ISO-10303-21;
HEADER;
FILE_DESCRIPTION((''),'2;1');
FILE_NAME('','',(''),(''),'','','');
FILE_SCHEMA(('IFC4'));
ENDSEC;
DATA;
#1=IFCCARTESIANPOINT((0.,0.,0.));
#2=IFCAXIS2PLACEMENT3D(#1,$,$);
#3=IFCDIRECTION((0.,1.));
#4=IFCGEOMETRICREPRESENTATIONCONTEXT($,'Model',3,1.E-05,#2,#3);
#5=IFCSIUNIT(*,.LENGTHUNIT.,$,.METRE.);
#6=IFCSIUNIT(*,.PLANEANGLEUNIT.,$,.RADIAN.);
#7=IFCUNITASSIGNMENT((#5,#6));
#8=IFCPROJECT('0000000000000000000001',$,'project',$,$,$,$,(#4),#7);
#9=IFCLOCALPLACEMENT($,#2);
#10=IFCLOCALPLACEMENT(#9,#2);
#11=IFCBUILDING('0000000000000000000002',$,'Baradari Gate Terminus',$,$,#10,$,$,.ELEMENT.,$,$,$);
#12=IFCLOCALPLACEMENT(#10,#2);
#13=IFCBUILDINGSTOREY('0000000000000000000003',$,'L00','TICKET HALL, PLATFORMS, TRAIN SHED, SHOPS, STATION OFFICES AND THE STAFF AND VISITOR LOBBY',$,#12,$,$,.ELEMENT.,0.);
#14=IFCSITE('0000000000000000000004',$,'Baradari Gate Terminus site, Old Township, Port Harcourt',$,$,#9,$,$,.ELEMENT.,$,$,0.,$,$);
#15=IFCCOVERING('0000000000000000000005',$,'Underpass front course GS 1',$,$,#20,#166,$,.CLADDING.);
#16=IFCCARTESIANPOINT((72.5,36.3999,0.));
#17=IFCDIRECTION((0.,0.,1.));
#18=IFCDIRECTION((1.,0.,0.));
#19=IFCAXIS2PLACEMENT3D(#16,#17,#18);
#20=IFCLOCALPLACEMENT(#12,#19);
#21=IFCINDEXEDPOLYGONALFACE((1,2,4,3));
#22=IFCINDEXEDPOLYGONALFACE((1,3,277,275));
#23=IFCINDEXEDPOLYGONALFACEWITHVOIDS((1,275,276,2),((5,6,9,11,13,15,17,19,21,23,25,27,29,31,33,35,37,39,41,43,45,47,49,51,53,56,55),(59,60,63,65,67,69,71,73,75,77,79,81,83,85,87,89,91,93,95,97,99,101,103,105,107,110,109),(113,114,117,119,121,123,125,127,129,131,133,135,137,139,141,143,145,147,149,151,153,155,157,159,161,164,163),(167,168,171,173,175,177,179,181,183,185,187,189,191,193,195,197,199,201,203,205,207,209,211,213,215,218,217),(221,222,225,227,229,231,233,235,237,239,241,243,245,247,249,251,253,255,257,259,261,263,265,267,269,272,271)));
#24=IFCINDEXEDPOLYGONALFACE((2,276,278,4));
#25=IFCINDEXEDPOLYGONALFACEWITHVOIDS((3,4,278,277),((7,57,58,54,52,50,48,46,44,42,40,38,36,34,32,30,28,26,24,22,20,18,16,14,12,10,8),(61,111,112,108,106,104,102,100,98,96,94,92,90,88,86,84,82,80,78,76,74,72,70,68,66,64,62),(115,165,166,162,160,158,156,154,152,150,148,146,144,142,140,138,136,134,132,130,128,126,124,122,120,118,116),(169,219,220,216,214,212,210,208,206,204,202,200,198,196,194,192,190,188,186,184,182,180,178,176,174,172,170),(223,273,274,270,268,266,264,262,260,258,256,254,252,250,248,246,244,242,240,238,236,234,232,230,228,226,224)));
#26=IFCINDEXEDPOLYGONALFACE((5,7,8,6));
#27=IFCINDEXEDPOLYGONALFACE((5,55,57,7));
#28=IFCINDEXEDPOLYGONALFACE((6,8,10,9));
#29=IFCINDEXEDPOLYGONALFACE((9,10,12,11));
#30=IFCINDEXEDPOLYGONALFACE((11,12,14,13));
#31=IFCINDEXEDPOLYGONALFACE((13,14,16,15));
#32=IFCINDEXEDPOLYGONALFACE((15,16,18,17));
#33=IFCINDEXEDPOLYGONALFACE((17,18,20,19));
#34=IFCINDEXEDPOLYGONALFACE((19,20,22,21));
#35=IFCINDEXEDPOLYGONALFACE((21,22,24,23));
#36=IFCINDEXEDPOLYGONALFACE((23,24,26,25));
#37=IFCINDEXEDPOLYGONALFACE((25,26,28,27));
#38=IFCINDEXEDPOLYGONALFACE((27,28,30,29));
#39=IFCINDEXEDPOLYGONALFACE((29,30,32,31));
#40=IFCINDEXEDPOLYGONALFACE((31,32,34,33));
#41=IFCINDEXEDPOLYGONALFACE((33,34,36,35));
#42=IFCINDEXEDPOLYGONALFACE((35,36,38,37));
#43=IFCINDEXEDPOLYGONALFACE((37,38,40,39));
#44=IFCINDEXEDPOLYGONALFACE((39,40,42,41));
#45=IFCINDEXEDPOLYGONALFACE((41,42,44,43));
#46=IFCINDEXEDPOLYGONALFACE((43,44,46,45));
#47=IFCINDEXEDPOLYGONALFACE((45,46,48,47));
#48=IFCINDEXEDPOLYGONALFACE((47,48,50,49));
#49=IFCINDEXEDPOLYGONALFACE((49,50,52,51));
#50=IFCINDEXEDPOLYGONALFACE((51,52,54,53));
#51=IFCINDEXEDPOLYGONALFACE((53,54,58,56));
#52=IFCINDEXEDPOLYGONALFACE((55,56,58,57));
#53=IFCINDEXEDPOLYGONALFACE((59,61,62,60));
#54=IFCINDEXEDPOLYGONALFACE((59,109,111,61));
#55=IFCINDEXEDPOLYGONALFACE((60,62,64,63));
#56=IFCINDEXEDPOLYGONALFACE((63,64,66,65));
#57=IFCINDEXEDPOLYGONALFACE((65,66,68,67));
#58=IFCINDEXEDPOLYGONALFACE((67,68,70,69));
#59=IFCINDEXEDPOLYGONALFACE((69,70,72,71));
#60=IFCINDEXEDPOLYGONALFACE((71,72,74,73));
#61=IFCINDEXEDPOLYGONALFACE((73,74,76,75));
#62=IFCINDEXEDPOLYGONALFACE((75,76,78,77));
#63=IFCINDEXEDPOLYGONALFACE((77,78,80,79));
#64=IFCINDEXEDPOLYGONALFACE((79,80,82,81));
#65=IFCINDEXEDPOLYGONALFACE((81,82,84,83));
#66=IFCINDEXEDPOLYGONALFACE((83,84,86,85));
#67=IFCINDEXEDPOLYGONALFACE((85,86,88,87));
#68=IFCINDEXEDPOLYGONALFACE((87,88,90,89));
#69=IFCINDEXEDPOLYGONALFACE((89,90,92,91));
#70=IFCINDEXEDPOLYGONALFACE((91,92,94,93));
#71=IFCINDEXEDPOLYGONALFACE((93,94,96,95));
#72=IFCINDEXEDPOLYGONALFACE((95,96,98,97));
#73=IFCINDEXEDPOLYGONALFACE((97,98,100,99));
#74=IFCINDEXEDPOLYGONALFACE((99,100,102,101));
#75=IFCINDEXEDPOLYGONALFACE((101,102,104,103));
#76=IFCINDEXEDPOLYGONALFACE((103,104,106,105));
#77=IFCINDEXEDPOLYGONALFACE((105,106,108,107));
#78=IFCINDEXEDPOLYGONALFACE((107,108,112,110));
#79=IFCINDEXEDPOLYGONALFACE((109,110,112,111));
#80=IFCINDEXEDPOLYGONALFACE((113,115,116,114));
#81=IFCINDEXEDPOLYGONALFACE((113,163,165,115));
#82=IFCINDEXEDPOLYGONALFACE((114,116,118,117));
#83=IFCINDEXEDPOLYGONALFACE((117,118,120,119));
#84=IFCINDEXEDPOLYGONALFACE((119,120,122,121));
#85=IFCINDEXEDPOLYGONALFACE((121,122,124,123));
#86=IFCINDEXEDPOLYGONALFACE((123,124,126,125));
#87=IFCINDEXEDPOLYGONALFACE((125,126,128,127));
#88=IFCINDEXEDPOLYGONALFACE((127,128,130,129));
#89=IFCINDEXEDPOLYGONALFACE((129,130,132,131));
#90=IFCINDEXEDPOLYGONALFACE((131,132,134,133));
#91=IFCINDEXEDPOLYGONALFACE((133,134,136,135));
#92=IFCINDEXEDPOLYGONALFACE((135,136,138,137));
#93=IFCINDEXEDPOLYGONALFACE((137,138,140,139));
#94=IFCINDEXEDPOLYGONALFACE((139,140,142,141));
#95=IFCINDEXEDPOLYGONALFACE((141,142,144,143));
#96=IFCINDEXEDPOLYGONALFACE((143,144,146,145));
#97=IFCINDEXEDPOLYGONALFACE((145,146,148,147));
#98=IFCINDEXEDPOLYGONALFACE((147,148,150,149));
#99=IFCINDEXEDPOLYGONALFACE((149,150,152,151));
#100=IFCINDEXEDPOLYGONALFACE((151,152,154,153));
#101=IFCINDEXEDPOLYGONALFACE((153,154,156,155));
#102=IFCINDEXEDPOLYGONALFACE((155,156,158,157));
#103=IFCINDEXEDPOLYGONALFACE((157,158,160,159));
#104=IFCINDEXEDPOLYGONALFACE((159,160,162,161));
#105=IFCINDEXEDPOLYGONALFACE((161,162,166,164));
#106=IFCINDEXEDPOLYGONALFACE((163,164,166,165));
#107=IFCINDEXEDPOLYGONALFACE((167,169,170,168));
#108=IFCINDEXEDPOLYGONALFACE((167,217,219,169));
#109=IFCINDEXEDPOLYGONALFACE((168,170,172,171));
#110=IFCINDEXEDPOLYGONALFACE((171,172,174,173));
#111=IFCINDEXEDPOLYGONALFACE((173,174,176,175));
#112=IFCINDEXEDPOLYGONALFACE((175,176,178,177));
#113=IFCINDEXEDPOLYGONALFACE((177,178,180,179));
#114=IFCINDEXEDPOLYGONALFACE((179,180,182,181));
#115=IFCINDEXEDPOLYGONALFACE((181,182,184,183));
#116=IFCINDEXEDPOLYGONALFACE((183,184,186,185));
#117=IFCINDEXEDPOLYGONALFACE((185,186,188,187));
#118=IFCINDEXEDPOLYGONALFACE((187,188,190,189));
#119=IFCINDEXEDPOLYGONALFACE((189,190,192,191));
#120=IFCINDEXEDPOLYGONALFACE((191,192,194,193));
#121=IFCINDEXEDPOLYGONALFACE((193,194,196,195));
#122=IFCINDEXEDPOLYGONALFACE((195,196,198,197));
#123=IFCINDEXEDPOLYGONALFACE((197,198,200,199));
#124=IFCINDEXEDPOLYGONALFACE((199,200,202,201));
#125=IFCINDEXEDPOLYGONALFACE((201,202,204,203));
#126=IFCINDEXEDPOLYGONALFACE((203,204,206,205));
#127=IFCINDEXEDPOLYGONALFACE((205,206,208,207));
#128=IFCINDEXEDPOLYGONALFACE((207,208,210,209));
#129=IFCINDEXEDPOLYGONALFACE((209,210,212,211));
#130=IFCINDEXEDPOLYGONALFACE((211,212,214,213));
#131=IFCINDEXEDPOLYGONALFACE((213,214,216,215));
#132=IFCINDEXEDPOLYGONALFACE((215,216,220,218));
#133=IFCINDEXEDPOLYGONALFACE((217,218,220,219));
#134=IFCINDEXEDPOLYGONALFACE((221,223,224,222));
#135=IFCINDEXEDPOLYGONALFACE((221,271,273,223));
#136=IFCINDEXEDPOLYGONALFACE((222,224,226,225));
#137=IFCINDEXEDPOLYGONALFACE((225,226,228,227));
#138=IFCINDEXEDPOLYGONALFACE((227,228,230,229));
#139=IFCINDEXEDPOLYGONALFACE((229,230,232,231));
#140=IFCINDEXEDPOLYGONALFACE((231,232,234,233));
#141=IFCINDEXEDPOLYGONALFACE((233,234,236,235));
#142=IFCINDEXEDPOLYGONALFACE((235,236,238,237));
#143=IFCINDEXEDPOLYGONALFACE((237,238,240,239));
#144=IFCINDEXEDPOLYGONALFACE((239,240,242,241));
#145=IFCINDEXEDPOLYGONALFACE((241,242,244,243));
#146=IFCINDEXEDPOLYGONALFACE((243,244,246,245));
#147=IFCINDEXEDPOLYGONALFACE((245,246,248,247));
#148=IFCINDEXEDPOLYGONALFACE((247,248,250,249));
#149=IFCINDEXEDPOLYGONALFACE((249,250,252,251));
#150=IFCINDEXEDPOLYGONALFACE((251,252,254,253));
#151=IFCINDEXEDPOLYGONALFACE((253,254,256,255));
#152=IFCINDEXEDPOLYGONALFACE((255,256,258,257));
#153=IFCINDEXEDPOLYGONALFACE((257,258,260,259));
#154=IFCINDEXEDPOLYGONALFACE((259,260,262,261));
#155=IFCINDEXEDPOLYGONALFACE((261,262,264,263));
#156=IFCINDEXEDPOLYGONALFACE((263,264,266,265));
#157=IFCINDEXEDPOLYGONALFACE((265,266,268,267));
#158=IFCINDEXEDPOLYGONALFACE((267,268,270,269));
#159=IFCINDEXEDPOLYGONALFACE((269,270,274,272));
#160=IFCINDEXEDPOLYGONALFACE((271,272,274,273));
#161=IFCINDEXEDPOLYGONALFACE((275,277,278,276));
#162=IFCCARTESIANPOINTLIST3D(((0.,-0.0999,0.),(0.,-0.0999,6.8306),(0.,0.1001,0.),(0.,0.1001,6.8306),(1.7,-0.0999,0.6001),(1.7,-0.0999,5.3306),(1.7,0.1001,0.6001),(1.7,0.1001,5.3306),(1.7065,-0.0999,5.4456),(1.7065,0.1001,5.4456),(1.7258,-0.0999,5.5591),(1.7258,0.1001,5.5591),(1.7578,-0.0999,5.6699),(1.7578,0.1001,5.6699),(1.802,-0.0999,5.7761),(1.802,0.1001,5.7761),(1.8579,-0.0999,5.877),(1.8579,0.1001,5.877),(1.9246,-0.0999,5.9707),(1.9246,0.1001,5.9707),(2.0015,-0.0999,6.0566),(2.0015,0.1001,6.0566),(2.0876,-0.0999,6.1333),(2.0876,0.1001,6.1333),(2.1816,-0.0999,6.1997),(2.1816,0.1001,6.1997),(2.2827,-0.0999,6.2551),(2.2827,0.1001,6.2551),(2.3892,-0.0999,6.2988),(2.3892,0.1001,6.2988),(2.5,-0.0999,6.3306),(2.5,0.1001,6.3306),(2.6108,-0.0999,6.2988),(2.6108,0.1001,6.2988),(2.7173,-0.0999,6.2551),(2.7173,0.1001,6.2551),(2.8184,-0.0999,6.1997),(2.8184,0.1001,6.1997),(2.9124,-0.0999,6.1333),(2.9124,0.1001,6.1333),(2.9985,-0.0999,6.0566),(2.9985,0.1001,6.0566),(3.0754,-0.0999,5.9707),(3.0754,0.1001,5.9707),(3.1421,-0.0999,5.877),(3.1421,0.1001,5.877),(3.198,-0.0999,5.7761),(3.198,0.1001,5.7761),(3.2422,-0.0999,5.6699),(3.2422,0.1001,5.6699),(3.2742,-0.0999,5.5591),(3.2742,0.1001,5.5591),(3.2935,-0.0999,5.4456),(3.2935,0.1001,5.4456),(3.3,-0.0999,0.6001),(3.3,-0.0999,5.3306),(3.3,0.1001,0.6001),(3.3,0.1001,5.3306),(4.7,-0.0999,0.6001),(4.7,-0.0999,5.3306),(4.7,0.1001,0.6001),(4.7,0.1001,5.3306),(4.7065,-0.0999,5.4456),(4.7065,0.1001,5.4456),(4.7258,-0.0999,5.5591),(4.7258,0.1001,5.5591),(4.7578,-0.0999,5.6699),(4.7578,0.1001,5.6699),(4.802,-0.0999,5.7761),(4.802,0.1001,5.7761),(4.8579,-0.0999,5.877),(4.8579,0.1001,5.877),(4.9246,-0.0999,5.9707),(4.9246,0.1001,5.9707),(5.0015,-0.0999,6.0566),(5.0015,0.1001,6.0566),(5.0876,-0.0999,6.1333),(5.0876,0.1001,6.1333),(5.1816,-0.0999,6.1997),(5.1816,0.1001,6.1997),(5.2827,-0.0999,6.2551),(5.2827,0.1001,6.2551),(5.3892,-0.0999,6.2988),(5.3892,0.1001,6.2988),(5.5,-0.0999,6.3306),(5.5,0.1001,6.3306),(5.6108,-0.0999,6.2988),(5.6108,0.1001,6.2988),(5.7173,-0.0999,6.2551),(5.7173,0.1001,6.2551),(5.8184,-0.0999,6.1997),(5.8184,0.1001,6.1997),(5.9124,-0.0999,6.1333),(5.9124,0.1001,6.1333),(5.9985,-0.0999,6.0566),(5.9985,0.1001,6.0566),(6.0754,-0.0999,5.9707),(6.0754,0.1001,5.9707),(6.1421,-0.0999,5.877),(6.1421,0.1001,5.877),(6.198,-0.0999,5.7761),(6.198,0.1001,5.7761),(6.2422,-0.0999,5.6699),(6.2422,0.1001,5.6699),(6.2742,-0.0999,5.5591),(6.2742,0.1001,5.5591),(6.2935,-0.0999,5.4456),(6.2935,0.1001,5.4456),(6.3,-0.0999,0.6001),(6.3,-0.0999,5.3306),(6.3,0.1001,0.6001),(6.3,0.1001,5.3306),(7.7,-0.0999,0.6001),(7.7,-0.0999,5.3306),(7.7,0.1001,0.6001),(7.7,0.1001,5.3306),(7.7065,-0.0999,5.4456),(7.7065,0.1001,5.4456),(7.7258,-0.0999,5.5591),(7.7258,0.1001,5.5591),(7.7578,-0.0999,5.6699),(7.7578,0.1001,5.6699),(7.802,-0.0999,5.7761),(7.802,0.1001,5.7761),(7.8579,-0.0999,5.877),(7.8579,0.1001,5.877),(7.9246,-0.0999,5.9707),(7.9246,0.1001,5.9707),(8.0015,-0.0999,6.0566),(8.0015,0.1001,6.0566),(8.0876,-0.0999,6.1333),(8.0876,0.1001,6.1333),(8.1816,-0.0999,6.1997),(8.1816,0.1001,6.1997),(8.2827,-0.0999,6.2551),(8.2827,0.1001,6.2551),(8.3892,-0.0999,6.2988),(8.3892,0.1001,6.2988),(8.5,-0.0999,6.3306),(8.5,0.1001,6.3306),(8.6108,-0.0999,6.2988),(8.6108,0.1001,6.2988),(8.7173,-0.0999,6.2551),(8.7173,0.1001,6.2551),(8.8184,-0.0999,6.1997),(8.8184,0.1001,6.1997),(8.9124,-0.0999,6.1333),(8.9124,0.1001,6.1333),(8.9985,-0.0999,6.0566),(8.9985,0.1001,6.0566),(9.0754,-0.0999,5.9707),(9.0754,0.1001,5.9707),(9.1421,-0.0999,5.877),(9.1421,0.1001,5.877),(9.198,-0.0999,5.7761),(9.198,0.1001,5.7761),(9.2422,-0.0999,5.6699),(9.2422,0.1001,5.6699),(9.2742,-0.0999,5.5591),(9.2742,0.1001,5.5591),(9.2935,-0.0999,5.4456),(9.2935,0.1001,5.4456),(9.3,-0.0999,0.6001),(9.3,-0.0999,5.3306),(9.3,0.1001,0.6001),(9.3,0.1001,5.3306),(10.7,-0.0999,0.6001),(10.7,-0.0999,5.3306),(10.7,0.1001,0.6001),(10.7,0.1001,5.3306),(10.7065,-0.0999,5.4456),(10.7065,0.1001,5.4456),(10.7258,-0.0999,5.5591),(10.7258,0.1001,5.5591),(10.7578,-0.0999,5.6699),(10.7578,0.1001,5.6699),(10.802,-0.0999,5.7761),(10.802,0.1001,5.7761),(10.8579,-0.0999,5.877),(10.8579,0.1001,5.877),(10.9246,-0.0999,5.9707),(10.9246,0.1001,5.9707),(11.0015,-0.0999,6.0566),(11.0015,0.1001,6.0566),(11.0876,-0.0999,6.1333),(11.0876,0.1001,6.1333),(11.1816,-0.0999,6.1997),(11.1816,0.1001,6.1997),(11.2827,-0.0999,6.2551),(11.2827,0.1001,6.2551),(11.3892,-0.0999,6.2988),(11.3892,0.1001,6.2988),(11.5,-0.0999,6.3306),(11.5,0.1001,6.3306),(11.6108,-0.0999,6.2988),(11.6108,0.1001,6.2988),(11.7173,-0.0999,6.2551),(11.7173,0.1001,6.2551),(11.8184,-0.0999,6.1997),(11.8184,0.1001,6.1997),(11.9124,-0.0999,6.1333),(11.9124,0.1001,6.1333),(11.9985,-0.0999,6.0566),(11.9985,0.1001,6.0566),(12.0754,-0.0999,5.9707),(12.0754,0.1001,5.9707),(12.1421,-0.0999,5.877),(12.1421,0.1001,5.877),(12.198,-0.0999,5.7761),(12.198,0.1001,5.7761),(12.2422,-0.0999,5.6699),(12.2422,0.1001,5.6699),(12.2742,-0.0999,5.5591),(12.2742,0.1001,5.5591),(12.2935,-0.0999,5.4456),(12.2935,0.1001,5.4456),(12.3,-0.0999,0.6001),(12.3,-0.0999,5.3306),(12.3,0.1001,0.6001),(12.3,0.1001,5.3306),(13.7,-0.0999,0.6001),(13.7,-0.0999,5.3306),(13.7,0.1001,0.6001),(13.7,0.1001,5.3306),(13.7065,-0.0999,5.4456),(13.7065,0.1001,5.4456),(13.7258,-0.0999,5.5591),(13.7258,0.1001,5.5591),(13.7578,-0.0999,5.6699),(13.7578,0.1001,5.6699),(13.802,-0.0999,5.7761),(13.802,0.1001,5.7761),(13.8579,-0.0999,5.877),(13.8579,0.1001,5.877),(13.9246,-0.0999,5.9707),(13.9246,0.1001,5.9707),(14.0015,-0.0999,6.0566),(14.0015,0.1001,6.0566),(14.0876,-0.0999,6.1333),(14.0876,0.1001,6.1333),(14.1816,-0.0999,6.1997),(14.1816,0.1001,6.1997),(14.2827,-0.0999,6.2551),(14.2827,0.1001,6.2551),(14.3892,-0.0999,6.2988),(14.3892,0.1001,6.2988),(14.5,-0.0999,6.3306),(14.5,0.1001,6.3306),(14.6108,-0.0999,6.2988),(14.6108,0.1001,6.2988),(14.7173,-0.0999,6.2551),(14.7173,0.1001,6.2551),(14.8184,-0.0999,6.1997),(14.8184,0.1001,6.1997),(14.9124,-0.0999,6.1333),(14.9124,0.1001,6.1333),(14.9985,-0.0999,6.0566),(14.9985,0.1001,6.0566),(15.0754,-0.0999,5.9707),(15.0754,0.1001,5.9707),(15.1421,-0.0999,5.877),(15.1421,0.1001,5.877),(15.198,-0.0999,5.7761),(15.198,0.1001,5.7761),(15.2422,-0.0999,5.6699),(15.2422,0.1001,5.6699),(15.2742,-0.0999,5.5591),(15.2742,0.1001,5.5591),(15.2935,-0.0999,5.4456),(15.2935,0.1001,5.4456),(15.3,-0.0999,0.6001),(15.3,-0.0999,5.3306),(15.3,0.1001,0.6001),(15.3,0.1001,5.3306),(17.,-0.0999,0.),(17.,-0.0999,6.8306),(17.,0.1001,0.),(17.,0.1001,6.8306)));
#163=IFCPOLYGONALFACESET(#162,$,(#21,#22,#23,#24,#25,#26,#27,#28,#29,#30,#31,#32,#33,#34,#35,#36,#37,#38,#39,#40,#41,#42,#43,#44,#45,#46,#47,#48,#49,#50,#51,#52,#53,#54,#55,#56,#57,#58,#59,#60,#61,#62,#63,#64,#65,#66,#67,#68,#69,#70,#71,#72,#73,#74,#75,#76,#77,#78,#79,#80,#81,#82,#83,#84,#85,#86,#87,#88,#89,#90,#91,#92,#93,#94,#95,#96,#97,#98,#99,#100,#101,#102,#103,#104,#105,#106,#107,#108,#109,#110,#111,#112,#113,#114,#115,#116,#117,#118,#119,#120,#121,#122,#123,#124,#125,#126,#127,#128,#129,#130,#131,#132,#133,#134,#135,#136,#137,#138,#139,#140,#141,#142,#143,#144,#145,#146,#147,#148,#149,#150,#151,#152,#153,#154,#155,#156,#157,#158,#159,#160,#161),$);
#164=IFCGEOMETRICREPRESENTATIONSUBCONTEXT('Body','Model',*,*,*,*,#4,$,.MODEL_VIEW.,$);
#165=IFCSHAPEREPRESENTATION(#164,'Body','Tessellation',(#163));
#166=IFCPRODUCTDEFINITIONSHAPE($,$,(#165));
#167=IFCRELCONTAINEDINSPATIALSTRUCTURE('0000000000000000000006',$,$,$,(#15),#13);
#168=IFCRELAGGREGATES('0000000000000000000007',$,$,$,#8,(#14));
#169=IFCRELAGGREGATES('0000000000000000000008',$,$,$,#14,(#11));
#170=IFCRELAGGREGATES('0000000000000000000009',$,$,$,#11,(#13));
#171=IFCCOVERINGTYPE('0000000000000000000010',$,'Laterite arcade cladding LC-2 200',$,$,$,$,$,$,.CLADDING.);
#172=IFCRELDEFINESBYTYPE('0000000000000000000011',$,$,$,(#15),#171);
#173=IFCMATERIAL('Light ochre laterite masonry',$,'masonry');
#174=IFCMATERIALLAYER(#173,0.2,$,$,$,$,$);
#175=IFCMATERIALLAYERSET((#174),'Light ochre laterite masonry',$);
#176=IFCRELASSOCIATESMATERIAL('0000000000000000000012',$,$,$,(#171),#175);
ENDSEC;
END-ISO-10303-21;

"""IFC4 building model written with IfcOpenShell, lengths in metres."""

from ifc_helpers import new_model, si_unit, direction, frame, origin, place, context, subcontext, project, spatial, polyline, outline, extrude, material, layer, layer_set, type_object, element, save


model = new_model("IFC4")

# Units and contexts
model_context = context("Model", 3, precision=1e-05, world=origin(), true_north=direction((0.0, 1.0)))
body_context = subcontext(model_context, "Body", "Model", "MODEL_VIEW")
ifc_project = project(units=[si_unit("LENGTHUNIT", "METRE"), si_unit("PLANEANGLEUNIT", "RADIAN")], contexts=[model_context])

# Site, building, storey
site_placement = place(None, origin())
site = spatial("IfcSite", under=ifc_project, at=site_placement, Name="Baradari Gate Terminus site, Old Township, Port Harcourt", CompositionType="ELEMENT", RefElevation=0.0)
building_placement = place(site_placement, origin())
building = spatial("IfcBuilding", under=site, at=building_placement, Name="Baradari Gate Terminus", CompositionType="ELEMENT")
storey_placement = place(building_placement, origin())
storey = spatial("IfcBuildingStorey", under=building, at=storey_placement, Name="L00", Description="TICKET HALL, PLATFORMS, TRAIN SHED, SHOPS, STATION OFFICES AND THE STAFF AND VISITOR LOBBY", CompositionType="ELEMENT", Elevation=0.0)

# Covering
ifc_material_1 = material(Name="Light ochre laterite masonry", Category="masonry")
ifc_layer_1 = layer(ifc_material_1, 0.2)
ifc_layer_set_1 = layer_set([ifc_layer_1], Name="Light ochre laterite masonry")
covering_type = type_object("IfcCoveringType", Name="Laterite arcade cladding LC-2 200", PredefinedType="CLADDING", material=ifc_layer_set_1)
covering_1_placement = place(storey_placement, frame((72.5, 36.3999, 0.0), z_axis=(0.0, 0.0, 1.0), x_axis=(1.0, 0.0, 0.0)))
element("IfcCovering", 1, at=covering_1_placement, inside=storey, type_object=covering_type, Name="Underpass front course GS 1", PredefinedType="CLADDING", context=body_context, shape_type="SweptSolid", body=[
    extrude(outline(polyline([(0.0, 0.0), (17.0, 0.0), (17.0, 6.8306), (0.0, 6.8306), (0.0, 0.0)]), holes=[polyline([(1.7065, 5.4456), (1.7258, 5.5591), (1.7578, 5.6699), (1.802, 5.7761), (1.8579, 5.877), (1.9246, 5.9707), (2.0015, 6.0566), (2.0876, 6.1333), (2.1816, 6.1997), (2.2827, 6.2551), (2.3892, 6.2988), (2.5, 6.3306), (2.6108, 6.2988), (2.7173, 6.2551), (2.8184, 6.1997), (2.9124, 6.1333), (2.9985, 6.0566), (3.0754, 5.9707), (3.1421, 5.877), (3.198, 5.7761), (3.2422, 5.6699), (3.2742, 5.5591), (3.2935, 5.4456), (3.3, 5.3306), (3.3, 0.6001), (1.7, 0.6001), (1.7, 5.3306), (1.7065, 5.4456)]), polyline([(4.7065, 5.4456), (4.7258, 5.5591), (4.7578, 5.6699), (4.802, 5.7761), (4.8579, 5.877), (4.9246, 5.9707), (5.0015, 6.0566), (5.0876, 6.1333), (5.1816, 6.1997), (5.2827, 6.2551), (5.3892, 6.2988), (5.5, 6.3306), (5.6108, 6.2988), (5.7173, 6.2551), (5.8184, 6.1997), (5.9124, 6.1333), (5.9985, 6.0566), (6.0754, 5.9707), (6.1421, 5.877), (6.198, 5.7761), (6.2422, 5.6699), (6.2742, 5.5591), (6.2935, 5.4456), (6.3, 5.3306), (6.3, 0.6001), (4.7, 0.6001), (4.7, 5.3306), (4.7065, 5.4456)]), polyline([(7.7065, 5.4456), (7.7258, 5.5591), (7.7578, 5.6699), (7.802, 5.7761), (7.8579, 5.877), (7.9246, 5.9707), (8.0015, 6.0566), (8.0876, 6.1333), (8.1816, 6.1997), (8.2827, 6.2551), (8.3892, 6.2988), (8.5, 6.3306), (8.6108, 6.2988), (8.7173, 6.2551), (8.8184, 6.1997), (8.9124, 6.1333), (8.9985, 6.0566), (9.0754, 5.9707), (9.1421, 5.877), (9.198, 5.7761), (9.2422, 5.6699), (9.2742, 5.5591), (9.2935, 5.4456), (9.3, 5.3306), (9.3, 0.6001), (7.7, 0.6001), (7.7, 5.3306), (7.7065, 5.4456)]), polyline([(10.7258, 5.5591), (10.7578, 5.6699), (10.802, 5.7761), (10.8579, 5.877), (10.9246, 5.9707), (11.0015, 6.0566), (11.0876, 6.1333), (11.1816, 6.1997), (11.2827, 6.2551), (11.3892, 6.2988), (11.5, 6.3306), (11.6108, 6.2988), (11.7173, 6.2551), (11.8184, 6.1997), (11.9124, 6.1333), (11.9985, 6.0566), (12.0754, 5.9707), (12.1421, 5.877), (12.198, 5.7761), (12.2422, 5.6699), (12.2742, 5.5591), (12.2935, 5.4456), (12.3, 5.3306), (12.3, 0.6001), (10.7, 0.6001), (10.7, 5.3306), (10.7065, 5.4456), (10.7258, 5.5591)]), polyline([(13.7258, 5.5591), (13.7578, 5.6699), (13.802, 5.7761), (13.8579, 5.877), (13.9246, 5.9707), (14.0015, 6.0566), (14.0876, 6.1333), (14.1816, 6.1997), (14.2827, 6.2551), (14.3892, 6.2988), (14.5, 6.3306), (14.6108, 6.2988), (14.7173, 6.2551), (14.8184, 6.1997), (14.9124, 6.1333), (14.9985, 6.0566), (15.0754, 5.9707), (15.1421, 5.877), (15.198, 5.7761), (15.2422, 5.6699), (15.2742, 5.5591), (15.2935, 5.4456), (15.3, 5.3306), (15.3, 0.6001), (13.7, 0.6001), (13.7, 5.3306), (13.7065, 5.4456), (13.7258, 5.5591)])]), frame((0.0, 0.1001, 0.0), z_axis=(0.0, -1.0, 0.0), x_axis=(1.0, 0.0, 0.0)), (0.0, 0.0, 1.0), 0.2),
])

save(model, "model.ifc")
